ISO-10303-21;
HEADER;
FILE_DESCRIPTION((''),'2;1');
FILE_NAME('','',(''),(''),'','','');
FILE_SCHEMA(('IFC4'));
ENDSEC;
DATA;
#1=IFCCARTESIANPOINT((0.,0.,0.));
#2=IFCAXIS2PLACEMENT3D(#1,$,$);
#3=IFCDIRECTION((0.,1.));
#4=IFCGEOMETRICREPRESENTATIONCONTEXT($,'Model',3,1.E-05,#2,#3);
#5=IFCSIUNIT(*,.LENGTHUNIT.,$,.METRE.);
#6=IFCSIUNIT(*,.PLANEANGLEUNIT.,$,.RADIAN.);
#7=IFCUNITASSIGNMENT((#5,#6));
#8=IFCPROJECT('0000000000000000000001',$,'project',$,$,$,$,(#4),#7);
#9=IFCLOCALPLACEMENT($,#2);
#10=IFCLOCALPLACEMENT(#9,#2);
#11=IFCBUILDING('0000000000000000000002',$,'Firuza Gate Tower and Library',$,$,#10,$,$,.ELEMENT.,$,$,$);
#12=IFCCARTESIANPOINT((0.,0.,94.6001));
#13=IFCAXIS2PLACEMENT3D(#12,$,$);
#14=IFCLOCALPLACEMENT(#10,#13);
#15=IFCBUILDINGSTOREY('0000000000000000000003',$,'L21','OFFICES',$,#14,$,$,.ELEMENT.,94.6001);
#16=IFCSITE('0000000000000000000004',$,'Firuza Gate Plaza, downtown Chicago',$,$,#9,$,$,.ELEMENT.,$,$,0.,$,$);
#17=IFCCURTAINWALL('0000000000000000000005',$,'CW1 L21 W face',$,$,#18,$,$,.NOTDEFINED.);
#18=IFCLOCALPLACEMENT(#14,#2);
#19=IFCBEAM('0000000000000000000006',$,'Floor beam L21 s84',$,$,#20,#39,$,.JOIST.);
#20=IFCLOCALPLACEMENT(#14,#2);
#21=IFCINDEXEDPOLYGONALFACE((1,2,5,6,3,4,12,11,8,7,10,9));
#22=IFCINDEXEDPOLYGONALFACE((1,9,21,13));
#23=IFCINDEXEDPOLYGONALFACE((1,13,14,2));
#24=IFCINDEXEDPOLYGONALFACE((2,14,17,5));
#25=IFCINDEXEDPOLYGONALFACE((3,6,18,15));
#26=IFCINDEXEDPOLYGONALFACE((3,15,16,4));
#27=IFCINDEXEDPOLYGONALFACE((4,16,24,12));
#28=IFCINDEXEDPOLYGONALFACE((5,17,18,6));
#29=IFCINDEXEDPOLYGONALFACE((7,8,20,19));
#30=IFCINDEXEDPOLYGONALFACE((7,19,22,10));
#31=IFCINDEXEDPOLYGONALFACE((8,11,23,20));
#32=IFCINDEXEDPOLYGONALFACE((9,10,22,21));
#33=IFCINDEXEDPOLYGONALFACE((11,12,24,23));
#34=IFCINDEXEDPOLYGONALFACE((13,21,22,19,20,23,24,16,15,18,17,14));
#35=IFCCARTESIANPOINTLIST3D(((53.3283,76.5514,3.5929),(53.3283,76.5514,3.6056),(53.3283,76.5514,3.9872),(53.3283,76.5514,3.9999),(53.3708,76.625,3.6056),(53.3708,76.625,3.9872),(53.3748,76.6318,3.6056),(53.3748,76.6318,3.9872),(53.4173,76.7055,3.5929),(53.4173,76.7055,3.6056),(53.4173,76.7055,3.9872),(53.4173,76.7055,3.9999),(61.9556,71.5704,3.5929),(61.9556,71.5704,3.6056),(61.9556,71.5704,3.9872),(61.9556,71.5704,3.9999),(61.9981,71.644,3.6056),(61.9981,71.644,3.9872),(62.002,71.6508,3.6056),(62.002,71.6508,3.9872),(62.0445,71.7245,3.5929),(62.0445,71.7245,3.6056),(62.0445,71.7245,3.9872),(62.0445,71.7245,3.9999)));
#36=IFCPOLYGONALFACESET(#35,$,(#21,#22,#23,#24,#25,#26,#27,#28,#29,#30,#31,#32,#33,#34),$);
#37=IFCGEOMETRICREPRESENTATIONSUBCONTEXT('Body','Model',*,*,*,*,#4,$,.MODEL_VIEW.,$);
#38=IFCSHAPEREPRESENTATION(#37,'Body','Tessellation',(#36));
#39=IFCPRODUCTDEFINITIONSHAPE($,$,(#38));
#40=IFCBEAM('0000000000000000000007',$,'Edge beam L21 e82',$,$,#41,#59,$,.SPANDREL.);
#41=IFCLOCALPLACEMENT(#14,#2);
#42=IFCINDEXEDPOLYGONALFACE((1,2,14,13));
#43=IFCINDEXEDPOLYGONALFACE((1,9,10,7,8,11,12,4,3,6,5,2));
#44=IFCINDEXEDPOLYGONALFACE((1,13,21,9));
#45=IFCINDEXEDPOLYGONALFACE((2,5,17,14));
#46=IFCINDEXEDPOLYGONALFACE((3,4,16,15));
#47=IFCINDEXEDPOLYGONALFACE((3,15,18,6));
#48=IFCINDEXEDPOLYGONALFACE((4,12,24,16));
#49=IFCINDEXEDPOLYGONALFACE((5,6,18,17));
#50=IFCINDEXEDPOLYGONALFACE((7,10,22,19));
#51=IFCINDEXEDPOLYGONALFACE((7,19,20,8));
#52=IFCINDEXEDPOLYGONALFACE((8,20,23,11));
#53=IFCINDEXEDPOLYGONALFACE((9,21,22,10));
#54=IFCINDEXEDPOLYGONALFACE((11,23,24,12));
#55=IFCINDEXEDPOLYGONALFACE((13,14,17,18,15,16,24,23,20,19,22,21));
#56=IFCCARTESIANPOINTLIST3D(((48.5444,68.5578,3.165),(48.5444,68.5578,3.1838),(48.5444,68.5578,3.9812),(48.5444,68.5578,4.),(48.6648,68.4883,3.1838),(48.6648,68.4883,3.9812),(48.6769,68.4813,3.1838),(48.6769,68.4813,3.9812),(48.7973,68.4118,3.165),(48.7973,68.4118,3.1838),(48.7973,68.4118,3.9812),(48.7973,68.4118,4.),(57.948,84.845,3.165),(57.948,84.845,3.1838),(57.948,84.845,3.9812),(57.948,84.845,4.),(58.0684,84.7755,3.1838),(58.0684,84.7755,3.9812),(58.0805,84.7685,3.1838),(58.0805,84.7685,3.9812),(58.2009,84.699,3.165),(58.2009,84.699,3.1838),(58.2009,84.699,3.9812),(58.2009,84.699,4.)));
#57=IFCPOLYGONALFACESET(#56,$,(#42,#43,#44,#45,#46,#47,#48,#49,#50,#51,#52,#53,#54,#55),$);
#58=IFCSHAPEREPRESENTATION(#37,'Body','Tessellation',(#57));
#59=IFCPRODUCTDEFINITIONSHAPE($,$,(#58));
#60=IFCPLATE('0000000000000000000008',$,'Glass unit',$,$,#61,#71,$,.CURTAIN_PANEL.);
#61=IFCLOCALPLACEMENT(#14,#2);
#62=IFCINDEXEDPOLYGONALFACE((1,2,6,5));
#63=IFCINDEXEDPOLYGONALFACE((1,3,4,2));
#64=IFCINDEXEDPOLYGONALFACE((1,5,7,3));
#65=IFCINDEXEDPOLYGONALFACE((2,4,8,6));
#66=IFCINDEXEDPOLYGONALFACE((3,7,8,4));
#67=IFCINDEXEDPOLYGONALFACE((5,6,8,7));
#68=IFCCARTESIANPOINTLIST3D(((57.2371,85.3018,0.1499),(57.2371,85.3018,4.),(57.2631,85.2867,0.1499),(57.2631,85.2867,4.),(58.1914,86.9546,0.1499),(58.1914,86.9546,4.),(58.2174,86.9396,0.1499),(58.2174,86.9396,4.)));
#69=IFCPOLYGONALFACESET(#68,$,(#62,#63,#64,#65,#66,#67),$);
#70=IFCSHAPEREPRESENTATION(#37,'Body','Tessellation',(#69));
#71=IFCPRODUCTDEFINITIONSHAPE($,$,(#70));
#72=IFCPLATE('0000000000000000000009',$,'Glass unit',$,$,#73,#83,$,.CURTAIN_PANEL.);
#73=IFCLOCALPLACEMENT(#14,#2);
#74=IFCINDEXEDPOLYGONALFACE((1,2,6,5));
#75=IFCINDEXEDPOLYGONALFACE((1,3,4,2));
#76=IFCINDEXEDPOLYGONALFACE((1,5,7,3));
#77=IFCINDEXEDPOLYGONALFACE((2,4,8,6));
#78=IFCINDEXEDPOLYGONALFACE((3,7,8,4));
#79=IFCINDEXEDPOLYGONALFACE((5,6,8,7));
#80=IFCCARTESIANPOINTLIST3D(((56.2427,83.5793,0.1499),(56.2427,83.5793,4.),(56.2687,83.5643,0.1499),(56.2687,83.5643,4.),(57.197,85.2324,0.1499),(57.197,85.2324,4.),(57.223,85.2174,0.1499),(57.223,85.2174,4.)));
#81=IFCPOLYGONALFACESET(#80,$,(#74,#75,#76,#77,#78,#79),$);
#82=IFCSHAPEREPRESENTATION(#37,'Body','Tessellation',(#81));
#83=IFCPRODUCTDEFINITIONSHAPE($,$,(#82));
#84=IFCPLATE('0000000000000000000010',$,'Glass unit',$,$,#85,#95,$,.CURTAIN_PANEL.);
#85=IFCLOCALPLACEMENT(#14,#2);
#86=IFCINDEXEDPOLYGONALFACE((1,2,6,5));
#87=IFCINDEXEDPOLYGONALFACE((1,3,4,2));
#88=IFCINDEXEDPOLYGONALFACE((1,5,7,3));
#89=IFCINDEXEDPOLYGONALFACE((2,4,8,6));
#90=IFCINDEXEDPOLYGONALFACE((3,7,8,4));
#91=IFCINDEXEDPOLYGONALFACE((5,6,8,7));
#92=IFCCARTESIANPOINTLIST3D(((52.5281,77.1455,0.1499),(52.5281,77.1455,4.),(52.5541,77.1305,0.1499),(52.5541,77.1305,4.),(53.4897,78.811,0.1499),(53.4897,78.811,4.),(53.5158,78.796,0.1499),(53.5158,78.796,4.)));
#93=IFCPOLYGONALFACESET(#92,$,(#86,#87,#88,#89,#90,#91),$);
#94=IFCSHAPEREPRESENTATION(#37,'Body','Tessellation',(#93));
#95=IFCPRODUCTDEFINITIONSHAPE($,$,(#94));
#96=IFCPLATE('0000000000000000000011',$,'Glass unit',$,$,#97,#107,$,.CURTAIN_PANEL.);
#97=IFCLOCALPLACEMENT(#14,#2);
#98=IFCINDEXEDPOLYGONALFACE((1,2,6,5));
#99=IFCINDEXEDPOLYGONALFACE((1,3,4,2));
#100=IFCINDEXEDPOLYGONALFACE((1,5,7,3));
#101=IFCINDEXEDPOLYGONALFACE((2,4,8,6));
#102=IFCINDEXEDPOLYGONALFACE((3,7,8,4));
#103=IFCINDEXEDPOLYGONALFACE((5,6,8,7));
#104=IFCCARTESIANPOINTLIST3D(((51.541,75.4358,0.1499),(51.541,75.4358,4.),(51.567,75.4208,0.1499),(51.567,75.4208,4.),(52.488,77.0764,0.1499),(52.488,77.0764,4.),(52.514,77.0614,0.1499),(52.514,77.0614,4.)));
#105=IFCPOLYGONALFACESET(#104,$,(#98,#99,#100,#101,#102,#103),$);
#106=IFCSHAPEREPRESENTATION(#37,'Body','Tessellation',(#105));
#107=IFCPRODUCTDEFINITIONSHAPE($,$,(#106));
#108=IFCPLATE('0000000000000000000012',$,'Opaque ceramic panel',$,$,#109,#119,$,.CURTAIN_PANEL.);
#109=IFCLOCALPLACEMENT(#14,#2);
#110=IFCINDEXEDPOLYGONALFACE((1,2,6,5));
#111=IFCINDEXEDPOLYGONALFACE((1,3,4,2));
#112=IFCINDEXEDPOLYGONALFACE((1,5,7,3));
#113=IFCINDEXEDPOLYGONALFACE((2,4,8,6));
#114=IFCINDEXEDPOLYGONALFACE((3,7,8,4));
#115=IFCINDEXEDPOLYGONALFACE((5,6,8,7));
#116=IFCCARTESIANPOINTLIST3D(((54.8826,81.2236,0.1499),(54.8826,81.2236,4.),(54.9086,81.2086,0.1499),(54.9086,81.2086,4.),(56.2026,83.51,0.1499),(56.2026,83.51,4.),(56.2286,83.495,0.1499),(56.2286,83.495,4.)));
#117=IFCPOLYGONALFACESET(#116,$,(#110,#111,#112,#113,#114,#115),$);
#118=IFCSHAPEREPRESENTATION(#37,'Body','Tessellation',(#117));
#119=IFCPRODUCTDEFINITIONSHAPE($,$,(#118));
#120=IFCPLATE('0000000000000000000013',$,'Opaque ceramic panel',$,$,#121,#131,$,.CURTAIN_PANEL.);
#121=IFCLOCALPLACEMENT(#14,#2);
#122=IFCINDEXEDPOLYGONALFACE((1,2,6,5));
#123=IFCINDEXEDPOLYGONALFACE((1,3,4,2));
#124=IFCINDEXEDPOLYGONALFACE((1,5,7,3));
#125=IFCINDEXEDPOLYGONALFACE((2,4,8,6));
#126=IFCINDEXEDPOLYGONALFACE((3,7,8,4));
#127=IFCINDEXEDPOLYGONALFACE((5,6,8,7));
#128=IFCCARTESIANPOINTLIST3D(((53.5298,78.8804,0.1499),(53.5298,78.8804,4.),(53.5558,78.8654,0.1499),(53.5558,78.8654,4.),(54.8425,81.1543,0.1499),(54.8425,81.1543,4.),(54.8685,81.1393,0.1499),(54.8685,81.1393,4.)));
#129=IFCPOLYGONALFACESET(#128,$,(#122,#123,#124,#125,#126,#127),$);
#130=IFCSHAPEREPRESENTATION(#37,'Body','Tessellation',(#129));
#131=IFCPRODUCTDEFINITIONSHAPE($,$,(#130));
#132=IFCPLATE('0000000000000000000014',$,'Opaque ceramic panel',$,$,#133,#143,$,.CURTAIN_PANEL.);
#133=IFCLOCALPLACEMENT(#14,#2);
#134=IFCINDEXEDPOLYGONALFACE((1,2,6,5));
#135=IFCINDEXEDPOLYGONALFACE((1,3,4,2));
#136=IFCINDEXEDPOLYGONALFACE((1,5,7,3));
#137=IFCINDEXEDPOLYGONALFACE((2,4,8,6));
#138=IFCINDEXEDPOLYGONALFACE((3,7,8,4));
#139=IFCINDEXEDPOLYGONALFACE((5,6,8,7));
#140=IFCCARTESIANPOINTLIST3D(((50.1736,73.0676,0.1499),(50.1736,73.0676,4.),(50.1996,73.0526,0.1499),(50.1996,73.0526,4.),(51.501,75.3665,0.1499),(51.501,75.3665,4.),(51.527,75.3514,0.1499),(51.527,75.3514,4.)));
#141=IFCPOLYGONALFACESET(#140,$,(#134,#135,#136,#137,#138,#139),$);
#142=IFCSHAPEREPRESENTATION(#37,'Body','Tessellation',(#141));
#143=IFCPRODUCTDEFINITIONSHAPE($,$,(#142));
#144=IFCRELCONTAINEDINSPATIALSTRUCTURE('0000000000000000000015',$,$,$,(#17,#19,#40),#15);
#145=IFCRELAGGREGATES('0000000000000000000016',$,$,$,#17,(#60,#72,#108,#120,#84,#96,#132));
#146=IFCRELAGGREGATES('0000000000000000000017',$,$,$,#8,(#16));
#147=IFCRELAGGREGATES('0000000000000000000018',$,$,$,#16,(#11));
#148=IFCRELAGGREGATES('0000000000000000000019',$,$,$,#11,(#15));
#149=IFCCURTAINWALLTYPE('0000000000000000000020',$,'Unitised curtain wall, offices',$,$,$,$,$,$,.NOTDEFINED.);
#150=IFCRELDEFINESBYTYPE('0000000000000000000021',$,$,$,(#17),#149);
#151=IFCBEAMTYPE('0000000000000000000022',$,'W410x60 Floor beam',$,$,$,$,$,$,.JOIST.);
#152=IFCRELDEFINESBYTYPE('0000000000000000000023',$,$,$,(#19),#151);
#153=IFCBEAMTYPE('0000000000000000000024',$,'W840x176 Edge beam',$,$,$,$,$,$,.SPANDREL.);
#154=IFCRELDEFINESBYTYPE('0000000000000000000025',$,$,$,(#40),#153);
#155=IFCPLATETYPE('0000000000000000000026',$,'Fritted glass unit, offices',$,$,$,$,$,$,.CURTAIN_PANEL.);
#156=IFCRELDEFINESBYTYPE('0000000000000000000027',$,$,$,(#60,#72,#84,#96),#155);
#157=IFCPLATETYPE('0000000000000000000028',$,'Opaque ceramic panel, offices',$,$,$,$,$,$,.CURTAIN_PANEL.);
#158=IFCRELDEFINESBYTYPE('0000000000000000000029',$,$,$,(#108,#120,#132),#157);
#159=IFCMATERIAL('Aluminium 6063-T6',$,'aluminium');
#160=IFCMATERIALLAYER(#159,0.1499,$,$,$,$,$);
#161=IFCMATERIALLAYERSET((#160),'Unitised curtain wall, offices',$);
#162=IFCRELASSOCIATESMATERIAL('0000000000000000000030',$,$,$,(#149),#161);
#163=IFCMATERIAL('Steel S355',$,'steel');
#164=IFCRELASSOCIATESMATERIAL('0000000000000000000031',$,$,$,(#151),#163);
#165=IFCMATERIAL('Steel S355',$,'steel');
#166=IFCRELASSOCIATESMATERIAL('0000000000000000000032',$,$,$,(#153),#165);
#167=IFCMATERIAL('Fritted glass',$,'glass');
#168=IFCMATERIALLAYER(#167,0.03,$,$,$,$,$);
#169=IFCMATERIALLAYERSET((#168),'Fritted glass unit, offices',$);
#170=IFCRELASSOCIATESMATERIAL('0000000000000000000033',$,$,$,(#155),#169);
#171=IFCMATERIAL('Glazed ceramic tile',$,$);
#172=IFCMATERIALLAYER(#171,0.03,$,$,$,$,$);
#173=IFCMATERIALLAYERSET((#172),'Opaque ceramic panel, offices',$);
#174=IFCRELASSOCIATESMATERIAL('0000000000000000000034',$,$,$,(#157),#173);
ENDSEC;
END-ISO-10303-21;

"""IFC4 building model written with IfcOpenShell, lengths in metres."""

from ifc_helpers import new_model, si_unit, direction, frame, origin, origin_2d, place, context, subcontext, project, spatial, polyline, i_section, outline, extrude, material, layer, layer_set, material_profile, profile_set, type_object, element, aggregate, save


model = new_model("IFC4")

# Units and contexts
model_context = context("Model", 3, precision=1e-05, world=origin(), true_north=direction((0.0, 1.0)))
body_context = subcontext(model_context, "Body", "Model", "MODEL_VIEW")
ifc_project = project(units=[si_unit("LENGTHUNIT", "METRE"), si_unit("PLANEANGLEUNIT", "RADIAN")], contexts=[model_context])

# Site, building, storey
site_placement = place(None, origin())
site = spatial("IfcSite", under=ifc_project, at=site_placement, Name="Firuza Gate Plaza, downtown Chicago", CompositionType="ELEMENT", RefElevation=0.0)
building_placement = place(site_placement, origin())
building = spatial("IfcBuilding", under=site, at=building_placement, Name="Firuza Gate Tower and Library", CompositionType="ELEMENT")
storey_placement = place(building_placement, frame((0.0, 0.0, 94.6001)))
storey = spatial("IfcBuildingStorey", under=building, at=storey_placement, Name="L21", Description="OFFICES", CompositionType="ELEMENT", Elevation=94.6001)

# Curtain wall
ifc_material_1 = material(Name="Aluminium 6063-T6", Category="aluminium")
ifc_layer_1 = layer(ifc_material_1, 0.1499)
ifc_layer_set_1 = layer_set([ifc_layer_1], Name="Unitised curtain wall, offices")
curtain_wall_type = type_object("IfcCurtainWallType", Name="Unitised curtain wall, offices", PredefinedType="NOTDEFINED", material=ifc_layer_set_1)
curtain_wall_placement = place(storey_placement, origin())
curtain_wall = element("IfcCurtainWall", 1, at=curtain_wall_placement, inside=storey, type_object=curtain_wall_type, Name="CW1 L21 W face", PredefinedType="NOTDEFINED")

# Beams
ifc_material_2 = material(Name="Steel S355", Category="steel")
ifc_material_profile_1 = material_profile(ifc_material_2, i_section(OverallWidth=0.178, OverallDepth=0.407, WebThickness=0.0078, FlangeThickness=0.0127, at=origin_2d()))
ifc_profile_set_1 = profile_set([ifc_material_profile_1], Name="Steel S355")
beam_type_1 = type_object("IfcBeamType", Name="W410x60 Floor beam", PredefinedType="JOIST", material=ifc_profile_set_1)
beam_1_placement = place(storey_placement, frame((53.3728, 76.6284, 3.7964), z_axis=(0.866024, -0.500003, 0.0), x_axis=(0.500003, 0.866024, 0.0)))
element("IfcBeam", 2, at=beam_1_placement, inside=storey, type_object=beam_type_1, Name="Floor beam L21 s84", PredefinedType="JOIST", context=body_context, shape_type="SweptSolid", body=[
    extrude(i_section(OverallWidth=0.178, OverallDepth=0.407, WebThickness=0.0078, FlangeThickness=0.0127, at=origin_2d()), origin(), (0.0, 0.0, 1.0), 9.9619),
])
ifc_material_3 = material(Name="Steel S355", Category="steel")
ifc_material_profile_2 = material_profile(ifc_material_3, i_section(OverallWidth=0.292, OverallDepth=0.835, WebThickness=0.0139, FlangeThickness=0.0188, at=origin_2d()))
ifc_profile_set_2 = profile_set([ifc_material_profile_2], Name="Steel S355")
beam_type_2 = type_object("IfcBeamType", Name="W840x176 Edge beam", PredefinedType="SPANDREL", material=ifc_profile_set_2)
beam_2_placement = place(storey_placement, frame((58.0745, 84.772, 3.5825), z_axis=(-0.500008, -0.866021, 0.0), x_axis=(0.866021, -0.500008, 0.0)))
element("IfcBeam", 3, at=beam_2_placement, inside=storey, type_object=beam_type_2, Name="Edge beam L21 e82", PredefinedType="SPANDREL", context=body_context, shape_type="SweptSolid", body=[
    extrude(i_section(OverallWidth=0.292, OverallDepth=0.835, WebThickness=0.0139, FlangeThickness=0.0188, at=origin_2d()), origin(), (0.0, 0.0, 1.0), 18.8069),
])

# Plates
ifc_material_4 = material(Name="Fritted glass", Category="glass")
ifc_layer_2 = layer(ifc_material_4, 0.03)
ifc_layer_set_2 = layer_set([ifc_layer_2], Name="Fritted glass unit, offices")
plate_type_1 = type_object("IfcPlateType", Name="Fritted glass unit, offices", PredefinedType="CURTAIN_PANEL", material=ifc_layer_set_2)
plate_1_placement = place(storey_placement, frame((58.1914, 86.9546, 0.1499), z_axis=(-0.866007, 0.500032, 0.0), x_axis=(-0.500032, -0.866007, 0.0)))
plate_1 = element("IfcPlate", 4, at=plate_1_placement, type_object=plate_type_1, Name="Glass unit", PredefinedType="CURTAIN_PANEL", context=body_context, shape_type="SweptSolid", body=[
    extrude(outline(polyline([(0.0, 0.0), (1.9086, 0.0), (1.9086, 3.8501), (0.0, 3.8501), (0.0, 0.0)])), origin(), (0.0, 0.0, -1.0), 0.03),
])
plate_2_placement = place(storey_placement, frame((57.197, 85.2324, 0.1499), z_axis=(-0.866039, 0.499977, 0.0), x_axis=(-0.499977, -0.866039, 0.0)))
plate_2 = element("IfcPlate", 5, at=plate_2_placement, type_object=plate_type_1, Name="Glass unit", PredefinedType="CURTAIN_PANEL", context=body_context, shape_type="SweptSolid", body=[
    extrude(outline(polyline([(0.0, 0.0), (1.9088, 0.0), (1.9088, 3.8501), (0.0, 3.8501), (0.0, 0.0)])), origin(), (0.0, 0.0, -1.0), 0.03),
])
plate_3_placement = place(storey_placement, frame((53.4897, 78.811, 0.1499), z_axis=(-0.866008, 0.50003, 0.0), x_axis=(-0.50003, -0.866008, 0.0)))
plate_3 = element("IfcPlate", 6, at=plate_3_placement, type_object=plate_type_1, Name="Glass unit", PredefinedType="CURTAIN_PANEL", context=body_context, shape_type="SweptSolid", body=[
    extrude(outline(polyline([(0.0, 0.0), (1.9232, 0.0), (1.9232, 3.8501), (0.0, 3.8501), (0.0, 0.0)])), origin(), (0.0, 0.0, -1.0), 0.03),
])
plate_4_placement = place(storey_placement, frame((52.488, 77.0764, 0.1499), z_axis=(-0.86607, 0.499923, 0.0), x_axis=(-0.499923, -0.86607, 0.0)))
plate_4 = element("IfcPlate", 7, at=plate_4_placement, type_object=plate_type_1, Name="Glass unit", PredefinedType="CURTAIN_PANEL", context=body_context, shape_type="SweptSolid", body=[
    extrude(outline(polyline([(0.0, 0.0), (1.8943, 0.0), (1.8943, 3.8501), (0.0, 3.8501), (0.0, 0.0)])), origin(), (0.0, 0.0, -1.0), 0.03),
])
ifc_material_5 = material(Name="Glazed ceramic tile")
ifc_layer_3 = layer(ifc_material_5, 0.03)
ifc_layer_set_3 = layer_set([ifc_layer_3], Name="Opaque ceramic panel, offices")
plate_type_2 = type_object("IfcPlateType", Name="Opaque ceramic panel, offices", PredefinedType="CURTAIN_PANEL", material=ifc_layer_set_3)
plate_5_placement = place(storey_placement, frame((56.2026, 83.51, 0.1499), z_axis=(-0.866021, 0.500008, 0.0), x_axis=(-0.500008, -0.866021, 0.0)))
plate_5 = element("IfcPlate", 8, at=plate_5_placement, type_object=plate_type_2, Name="Opaque ceramic panel", PredefinedType="CURTAIN_PANEL", context=body_context, shape_type="SweptSolid", body=[
    extrude(outline(polyline([(0.0, 0.0), (2.6401, 0.0), (2.6401, 3.8501), (0.0, 3.8501), (0.0, 0.0)])), origin(), (0.0, 0.0, -1.0), 0.03),
])
plate_6_placement = place(storey_placement, frame((54.8425, 81.1543, 0.1499), z_axis=(-0.866043, 0.499969, 0.0), x_axis=(-0.499969, -0.866043, 0.0)))
plate_6 = element("IfcPlate", 9, at=plate_6_placement, type_object=plate_type_2, Name="Opaque ceramic panel", PredefinedType="CURTAIN_PANEL", context=body_context, shape_type="SweptSolid", body=[
    extrude(outline(polyline([(0.0, 0.0), (2.6256, 0.0), (2.6256, 3.8501), (0.0, 3.8501), (0.0, 0.0)])), origin(), (0.0, 0.0, -1.0), 0.03),
])
plate_7_placement = place(storey_placement, frame((51.501, 75.3665, 0.1499), z_axis=(-0.865999, 0.500046, 0.0), x_axis=(-0.500046, -0.865999, 0.0)))
plate_7 = element("IfcPlate", 10, at=plate_7_placement, type_object=plate_type_2, Name="Opaque ceramic panel", PredefinedType="CURTAIN_PANEL", context=body_context, shape_type="SweptSolid", body=[
    extrude(outline(polyline([(0.0, 0.0), (2.6545, 0.0), (2.6545, 3.8501), (0.0, 3.8501), (0.0, 0.0)])), origin(), (0.0, 0.0, -1.0), 0.03),
])
aggregate(curtain_wall, [plate_1, plate_2, plate_5, plate_6, plate_3, plate_4, plate_7])

save(model, "model.ifc")
